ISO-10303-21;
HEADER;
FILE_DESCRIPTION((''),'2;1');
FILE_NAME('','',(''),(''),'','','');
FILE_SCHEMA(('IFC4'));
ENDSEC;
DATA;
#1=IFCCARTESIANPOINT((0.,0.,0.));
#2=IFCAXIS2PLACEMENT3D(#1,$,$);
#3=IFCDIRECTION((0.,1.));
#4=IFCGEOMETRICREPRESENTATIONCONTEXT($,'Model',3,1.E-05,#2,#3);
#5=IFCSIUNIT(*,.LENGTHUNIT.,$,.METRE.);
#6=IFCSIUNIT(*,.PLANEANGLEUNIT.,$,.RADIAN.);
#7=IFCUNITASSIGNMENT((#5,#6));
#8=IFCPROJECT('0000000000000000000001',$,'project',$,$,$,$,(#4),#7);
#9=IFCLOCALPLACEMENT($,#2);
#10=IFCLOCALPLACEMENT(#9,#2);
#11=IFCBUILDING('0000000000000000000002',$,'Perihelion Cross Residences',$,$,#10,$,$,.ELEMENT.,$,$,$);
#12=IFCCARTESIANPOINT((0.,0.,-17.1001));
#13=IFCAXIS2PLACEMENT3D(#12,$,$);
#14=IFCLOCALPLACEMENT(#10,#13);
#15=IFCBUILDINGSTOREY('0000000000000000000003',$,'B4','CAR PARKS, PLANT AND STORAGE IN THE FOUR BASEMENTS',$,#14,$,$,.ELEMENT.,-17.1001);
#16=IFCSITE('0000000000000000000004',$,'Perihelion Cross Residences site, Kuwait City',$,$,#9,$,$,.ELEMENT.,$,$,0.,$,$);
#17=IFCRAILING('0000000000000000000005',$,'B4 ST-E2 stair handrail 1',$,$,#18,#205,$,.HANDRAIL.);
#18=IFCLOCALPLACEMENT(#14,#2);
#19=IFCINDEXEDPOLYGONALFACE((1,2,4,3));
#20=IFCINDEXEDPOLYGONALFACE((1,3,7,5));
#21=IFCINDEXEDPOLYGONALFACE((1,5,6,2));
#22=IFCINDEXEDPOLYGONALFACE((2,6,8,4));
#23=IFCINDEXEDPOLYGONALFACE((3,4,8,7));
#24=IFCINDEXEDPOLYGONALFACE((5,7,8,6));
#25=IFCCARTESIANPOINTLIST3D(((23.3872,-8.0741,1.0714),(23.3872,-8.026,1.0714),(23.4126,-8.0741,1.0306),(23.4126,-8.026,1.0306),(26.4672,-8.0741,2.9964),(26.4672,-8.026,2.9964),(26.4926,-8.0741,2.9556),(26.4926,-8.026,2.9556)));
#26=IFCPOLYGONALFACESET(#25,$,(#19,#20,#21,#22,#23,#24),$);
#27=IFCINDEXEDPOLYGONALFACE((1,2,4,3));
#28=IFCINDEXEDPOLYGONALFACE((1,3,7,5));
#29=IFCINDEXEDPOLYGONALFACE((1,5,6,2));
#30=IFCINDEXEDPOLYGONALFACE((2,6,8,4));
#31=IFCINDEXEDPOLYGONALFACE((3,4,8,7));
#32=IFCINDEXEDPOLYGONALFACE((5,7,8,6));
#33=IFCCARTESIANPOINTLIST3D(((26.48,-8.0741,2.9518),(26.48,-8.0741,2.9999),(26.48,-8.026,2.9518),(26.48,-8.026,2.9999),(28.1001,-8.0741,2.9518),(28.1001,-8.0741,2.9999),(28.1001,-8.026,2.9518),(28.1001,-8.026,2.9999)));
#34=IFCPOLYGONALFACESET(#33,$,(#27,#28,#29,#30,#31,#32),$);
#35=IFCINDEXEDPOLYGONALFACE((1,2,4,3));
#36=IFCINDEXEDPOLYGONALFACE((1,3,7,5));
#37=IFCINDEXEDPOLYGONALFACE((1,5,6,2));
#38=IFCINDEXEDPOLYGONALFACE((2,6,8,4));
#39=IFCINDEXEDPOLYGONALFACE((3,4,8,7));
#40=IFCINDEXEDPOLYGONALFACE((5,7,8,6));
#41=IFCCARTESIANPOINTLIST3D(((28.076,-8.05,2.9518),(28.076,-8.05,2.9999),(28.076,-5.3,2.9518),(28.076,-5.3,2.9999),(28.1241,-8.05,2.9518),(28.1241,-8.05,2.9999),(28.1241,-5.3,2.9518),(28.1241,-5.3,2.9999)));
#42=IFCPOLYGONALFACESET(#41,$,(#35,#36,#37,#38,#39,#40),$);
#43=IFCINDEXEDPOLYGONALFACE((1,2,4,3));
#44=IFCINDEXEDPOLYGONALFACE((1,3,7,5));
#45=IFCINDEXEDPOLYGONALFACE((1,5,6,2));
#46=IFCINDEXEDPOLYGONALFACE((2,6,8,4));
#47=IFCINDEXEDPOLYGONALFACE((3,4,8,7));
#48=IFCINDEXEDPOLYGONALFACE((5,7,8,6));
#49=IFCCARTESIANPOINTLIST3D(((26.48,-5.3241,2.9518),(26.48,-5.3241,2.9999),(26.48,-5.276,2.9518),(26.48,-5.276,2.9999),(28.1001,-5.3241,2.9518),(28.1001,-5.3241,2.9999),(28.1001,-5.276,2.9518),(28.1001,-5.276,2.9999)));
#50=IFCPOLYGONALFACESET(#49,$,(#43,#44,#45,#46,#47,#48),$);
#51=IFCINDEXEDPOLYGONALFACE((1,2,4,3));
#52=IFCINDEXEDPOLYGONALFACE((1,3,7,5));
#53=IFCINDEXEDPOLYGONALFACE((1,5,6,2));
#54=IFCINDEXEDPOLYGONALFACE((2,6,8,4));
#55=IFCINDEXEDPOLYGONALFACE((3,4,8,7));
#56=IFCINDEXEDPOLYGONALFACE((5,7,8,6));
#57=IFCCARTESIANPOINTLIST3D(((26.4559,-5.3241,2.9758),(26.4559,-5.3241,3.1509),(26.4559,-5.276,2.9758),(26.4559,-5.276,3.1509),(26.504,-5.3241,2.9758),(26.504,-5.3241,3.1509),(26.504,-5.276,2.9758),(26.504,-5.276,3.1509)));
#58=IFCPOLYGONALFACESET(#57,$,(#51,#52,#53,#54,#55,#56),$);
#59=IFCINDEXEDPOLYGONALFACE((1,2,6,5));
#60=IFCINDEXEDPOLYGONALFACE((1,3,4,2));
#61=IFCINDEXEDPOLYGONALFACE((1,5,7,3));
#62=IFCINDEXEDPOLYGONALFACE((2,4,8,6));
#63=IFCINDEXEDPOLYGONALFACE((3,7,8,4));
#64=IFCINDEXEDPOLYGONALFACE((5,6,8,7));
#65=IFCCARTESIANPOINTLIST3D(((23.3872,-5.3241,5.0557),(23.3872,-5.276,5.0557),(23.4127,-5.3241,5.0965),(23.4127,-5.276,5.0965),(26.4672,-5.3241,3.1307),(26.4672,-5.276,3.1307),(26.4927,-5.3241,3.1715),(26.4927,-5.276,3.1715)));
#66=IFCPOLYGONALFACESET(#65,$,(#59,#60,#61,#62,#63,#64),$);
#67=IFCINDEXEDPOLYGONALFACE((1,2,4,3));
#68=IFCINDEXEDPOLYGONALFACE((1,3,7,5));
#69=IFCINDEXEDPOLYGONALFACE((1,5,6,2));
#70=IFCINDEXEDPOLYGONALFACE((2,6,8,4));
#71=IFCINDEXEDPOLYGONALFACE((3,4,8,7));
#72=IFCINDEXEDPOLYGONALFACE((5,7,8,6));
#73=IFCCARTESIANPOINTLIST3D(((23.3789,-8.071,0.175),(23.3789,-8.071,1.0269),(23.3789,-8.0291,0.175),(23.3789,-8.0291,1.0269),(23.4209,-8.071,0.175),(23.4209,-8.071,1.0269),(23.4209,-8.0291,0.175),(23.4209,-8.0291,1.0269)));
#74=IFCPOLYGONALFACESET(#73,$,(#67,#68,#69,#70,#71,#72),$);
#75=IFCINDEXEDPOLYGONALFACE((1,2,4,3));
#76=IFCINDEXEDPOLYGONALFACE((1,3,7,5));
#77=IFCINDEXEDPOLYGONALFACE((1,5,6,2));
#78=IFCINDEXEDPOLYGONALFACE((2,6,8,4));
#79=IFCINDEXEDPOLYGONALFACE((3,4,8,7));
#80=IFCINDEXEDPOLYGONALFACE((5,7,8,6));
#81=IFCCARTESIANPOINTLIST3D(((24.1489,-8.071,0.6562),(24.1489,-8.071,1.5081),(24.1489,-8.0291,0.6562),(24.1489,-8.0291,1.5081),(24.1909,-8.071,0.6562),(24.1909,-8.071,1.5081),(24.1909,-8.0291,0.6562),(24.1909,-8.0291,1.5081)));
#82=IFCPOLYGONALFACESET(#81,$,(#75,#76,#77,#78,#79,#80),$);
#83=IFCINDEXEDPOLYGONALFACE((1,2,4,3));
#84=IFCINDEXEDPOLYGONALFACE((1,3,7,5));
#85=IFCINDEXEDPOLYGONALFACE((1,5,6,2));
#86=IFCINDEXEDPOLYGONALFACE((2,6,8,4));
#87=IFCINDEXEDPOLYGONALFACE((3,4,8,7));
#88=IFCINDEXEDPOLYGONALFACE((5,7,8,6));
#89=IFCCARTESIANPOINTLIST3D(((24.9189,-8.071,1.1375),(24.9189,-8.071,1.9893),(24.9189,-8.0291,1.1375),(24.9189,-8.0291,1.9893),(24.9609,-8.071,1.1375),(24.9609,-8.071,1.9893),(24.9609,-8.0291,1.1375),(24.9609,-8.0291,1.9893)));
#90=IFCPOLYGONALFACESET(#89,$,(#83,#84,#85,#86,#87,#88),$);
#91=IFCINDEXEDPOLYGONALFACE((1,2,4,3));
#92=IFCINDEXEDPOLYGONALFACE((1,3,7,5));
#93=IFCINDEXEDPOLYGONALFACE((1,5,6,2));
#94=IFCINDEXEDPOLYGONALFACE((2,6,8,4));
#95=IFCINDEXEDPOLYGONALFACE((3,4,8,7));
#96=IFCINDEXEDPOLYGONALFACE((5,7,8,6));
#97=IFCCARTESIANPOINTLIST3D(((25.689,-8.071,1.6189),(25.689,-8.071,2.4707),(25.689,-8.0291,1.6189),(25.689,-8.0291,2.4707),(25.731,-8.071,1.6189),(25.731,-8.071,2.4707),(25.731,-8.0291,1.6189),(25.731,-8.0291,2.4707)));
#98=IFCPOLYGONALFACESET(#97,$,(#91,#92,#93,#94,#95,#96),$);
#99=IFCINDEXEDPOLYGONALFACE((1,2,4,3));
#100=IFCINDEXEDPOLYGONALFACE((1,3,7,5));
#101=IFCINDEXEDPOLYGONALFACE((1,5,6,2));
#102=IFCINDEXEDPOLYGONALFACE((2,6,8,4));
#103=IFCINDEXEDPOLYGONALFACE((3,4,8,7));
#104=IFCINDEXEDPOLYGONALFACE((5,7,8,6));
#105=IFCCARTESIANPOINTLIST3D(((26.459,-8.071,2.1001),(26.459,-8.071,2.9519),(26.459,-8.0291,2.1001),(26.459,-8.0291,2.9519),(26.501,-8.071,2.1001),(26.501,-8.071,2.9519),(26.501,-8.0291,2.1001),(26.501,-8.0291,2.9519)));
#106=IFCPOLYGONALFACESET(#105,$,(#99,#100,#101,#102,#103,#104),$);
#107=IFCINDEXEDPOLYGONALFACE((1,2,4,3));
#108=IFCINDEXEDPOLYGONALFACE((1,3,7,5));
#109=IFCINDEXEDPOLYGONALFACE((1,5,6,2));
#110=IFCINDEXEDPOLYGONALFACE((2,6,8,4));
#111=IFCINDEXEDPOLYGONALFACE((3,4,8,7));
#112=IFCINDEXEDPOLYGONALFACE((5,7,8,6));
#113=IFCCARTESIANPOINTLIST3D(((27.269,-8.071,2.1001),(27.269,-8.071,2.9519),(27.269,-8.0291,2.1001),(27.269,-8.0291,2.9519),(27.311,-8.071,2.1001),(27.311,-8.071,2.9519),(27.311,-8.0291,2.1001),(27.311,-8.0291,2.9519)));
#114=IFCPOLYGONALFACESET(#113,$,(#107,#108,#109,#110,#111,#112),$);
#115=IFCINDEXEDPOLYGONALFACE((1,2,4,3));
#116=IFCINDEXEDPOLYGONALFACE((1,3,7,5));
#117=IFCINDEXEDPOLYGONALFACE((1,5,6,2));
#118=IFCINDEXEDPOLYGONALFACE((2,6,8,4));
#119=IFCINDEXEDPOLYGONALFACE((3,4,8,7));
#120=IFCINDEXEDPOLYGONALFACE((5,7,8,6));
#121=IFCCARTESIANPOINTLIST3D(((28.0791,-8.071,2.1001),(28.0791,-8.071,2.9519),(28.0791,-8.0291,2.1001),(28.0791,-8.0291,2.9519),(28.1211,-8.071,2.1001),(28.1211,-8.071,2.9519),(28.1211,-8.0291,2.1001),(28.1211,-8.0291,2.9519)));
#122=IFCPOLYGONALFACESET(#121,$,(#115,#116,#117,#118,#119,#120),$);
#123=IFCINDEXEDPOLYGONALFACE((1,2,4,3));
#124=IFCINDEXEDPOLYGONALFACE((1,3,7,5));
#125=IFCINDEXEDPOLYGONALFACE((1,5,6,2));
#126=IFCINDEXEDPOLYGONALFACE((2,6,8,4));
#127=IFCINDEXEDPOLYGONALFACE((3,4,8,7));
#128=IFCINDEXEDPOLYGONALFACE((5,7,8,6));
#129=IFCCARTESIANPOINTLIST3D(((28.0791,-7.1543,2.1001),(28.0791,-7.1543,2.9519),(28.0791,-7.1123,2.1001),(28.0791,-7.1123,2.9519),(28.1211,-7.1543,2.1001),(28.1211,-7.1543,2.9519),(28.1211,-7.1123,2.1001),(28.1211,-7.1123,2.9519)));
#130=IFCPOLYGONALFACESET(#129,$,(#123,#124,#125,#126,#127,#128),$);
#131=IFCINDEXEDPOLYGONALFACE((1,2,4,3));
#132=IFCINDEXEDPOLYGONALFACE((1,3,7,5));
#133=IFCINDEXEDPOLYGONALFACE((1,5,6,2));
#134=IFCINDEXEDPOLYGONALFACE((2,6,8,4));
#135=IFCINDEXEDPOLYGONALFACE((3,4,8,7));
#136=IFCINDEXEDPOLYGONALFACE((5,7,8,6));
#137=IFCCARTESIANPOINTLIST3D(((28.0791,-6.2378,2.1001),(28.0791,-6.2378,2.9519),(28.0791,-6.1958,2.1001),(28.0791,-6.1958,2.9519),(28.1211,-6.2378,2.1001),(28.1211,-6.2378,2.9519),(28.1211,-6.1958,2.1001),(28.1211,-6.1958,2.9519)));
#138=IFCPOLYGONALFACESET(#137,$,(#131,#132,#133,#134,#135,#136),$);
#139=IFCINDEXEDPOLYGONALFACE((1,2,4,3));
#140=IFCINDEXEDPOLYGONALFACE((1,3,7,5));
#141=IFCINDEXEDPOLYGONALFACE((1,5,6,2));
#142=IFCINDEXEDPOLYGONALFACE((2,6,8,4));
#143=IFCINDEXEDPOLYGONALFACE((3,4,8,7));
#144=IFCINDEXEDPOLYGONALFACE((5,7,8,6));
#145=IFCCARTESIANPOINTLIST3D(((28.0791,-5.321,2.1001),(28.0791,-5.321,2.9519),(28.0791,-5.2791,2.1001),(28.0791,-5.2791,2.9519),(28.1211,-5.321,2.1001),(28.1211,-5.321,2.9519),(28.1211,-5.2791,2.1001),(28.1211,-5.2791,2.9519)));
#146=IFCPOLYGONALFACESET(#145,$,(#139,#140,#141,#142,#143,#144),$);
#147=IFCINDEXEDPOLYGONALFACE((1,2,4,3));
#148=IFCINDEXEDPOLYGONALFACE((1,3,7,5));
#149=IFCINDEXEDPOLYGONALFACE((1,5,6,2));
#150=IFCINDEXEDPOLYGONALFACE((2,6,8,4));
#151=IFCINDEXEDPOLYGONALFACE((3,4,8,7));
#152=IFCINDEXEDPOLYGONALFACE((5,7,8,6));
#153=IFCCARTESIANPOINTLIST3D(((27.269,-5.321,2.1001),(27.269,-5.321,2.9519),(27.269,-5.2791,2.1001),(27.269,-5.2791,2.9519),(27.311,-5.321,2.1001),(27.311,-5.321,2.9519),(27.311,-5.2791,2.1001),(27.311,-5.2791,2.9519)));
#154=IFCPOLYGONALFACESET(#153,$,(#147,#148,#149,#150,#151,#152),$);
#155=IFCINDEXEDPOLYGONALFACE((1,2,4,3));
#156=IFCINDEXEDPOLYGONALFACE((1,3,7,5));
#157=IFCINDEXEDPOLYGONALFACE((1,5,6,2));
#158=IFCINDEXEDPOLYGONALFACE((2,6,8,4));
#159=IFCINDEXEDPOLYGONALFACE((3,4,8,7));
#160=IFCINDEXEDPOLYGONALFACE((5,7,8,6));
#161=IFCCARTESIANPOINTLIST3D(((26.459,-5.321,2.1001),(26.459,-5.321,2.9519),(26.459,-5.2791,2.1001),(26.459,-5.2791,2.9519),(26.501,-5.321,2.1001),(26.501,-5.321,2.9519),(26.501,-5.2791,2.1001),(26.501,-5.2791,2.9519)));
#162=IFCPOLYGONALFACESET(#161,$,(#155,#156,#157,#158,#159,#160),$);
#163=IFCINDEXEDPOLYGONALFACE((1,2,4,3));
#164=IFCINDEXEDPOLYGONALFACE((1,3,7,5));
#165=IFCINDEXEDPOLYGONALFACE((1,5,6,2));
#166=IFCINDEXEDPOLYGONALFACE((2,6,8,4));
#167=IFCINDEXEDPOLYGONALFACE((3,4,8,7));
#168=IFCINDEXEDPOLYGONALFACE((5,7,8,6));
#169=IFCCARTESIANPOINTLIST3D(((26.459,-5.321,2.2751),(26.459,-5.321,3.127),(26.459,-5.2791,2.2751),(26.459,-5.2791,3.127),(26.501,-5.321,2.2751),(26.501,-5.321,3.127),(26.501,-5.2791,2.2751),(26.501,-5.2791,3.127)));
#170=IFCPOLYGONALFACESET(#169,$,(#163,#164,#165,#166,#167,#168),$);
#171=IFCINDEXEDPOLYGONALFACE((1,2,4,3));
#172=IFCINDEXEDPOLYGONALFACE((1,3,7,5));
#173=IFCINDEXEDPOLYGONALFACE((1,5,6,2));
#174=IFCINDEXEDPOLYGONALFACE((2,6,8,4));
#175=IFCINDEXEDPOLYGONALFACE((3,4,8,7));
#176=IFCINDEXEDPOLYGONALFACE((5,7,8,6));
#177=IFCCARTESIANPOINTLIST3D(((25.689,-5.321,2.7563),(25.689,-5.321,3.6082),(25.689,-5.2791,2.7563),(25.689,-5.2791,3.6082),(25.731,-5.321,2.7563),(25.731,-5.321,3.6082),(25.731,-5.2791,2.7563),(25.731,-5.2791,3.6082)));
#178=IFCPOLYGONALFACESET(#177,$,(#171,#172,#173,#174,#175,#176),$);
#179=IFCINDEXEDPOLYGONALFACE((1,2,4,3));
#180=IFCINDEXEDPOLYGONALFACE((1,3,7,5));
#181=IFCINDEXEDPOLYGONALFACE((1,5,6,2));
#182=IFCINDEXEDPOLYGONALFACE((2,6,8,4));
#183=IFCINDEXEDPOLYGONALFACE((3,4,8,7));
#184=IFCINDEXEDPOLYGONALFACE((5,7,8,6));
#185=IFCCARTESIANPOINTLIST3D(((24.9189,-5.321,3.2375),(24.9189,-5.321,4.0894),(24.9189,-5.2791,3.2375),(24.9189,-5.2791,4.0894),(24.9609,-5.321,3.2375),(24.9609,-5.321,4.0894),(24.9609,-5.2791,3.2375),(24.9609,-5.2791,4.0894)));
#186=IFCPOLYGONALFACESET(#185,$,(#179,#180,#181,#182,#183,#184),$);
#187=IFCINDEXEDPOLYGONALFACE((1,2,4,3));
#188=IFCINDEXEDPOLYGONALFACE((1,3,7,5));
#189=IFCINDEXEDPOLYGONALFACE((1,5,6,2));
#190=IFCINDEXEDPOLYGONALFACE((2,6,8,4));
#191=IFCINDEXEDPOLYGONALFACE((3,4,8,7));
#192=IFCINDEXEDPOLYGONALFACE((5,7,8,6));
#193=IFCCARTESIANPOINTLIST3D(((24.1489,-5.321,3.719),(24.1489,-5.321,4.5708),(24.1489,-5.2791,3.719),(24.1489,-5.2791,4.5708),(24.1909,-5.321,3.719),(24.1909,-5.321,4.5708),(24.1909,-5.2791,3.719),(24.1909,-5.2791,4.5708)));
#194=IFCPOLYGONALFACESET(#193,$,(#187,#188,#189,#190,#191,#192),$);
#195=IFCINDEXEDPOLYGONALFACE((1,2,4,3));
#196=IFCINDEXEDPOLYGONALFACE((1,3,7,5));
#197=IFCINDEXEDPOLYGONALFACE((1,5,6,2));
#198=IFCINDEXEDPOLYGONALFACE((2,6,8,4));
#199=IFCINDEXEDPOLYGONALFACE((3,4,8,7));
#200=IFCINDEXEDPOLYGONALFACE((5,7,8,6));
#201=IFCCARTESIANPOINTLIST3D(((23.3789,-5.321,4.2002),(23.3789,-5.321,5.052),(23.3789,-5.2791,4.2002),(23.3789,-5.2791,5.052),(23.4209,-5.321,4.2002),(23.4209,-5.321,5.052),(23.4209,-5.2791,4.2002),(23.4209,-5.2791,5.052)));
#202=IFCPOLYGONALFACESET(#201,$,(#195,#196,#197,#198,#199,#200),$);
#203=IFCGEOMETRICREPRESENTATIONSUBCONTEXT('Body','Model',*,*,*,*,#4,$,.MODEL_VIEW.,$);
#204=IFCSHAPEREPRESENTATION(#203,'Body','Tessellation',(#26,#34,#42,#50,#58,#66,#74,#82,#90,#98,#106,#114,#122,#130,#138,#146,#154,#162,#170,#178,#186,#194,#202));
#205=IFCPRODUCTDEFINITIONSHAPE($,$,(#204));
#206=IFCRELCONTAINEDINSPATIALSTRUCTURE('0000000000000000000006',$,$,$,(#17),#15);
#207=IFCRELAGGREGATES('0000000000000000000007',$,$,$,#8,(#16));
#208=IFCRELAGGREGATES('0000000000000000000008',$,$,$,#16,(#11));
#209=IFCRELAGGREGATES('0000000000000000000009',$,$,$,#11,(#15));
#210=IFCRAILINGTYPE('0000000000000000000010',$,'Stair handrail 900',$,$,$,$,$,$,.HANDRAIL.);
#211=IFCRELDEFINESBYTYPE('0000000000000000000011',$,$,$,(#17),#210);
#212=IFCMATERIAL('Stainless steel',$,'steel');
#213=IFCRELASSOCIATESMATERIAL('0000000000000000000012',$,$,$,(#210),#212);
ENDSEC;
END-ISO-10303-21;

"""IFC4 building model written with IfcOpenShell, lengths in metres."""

from ifc_helpers import new_model, si_unit, direction, frame, origin, origin_2d, place, context, subcontext, project, spatial, rectangle, extrude, material, type_object, element, save


model = new_model("IFC4")

# Units and contexts
model_context = context("Model", 3, precision=1e-05, world=origin(), true_north=direction((0.0, 1.0)))
body_context = subcontext(model_context, "Body", "Model", "MODEL_VIEW")
ifc_project = project(units=[si_unit("LENGTHUNIT", "METRE"), si_unit("PLANEANGLEUNIT", "RADIAN")], contexts=[model_context])

# Site, building, storey
site_placement = place(None, origin())
site = spatial("IfcSite", under=ifc_project, at=site_placement, Name="Perihelion Cross Residences site, Kuwait City", CompositionType="ELEMENT", RefElevation=0.0)
building_placement = place(site_placement, origin())
building = spatial("IfcBuilding", under=site, at=building_placement, Name="Perihelion Cross Residences", CompositionType="ELEMENT")
storey_placement = place(building_placement, frame((0.0, 0.0, -17.1001)))
storey = spatial("IfcBuildingStorey", under=building, at=storey_placement, Name="B4", Description="CAR PARKS, PLANT AND STORAGE IN THE FOUR BASEMENTS", CompositionType="ELEMENT", Elevation=-17.1001)

# Railing
ifc_material_1 = material(Name="Stainless steel", Category="steel")
railing_type_1 = type_object("IfcRailingType", Name="Stair handrail 900", PredefinedType="HANDRAIL", material=ifc_material_1)
railing_1_placement = place(storey_placement, frame((23.3999, -8.05, 0.175)))
element("IfcRailing", 1, at=railing_1_placement, inside=storey, type_object=railing_type_1, Name="B4 ST-E2 stair handrail 1", PredefinedType="HANDRAIL", context=body_context, shape_type="SweptSolid", body=[
    extrude(rectangle(XDim=0.0481, YDim=0.0481, at=origin_2d()), frame((0.0, 0.0, 0.876), z_axis=(0.847998, 0.0, 0.529999), x_axis=(0.0, 1.0, 0.0)), (0.0, 0.0, 1.0), 3.6321),
    extrude(rectangle(XDim=0.0481, YDim=0.0481, at=origin_2d()), frame((3.0801, 0.0, 2.8008), z_axis=(1.0, 0.0, 0.0), x_axis=(0.0, 1.0, 0.0)), (0.0, 0.0, 1.0), 1.6201),
    extrude(rectangle(XDim=0.0481, YDim=0.0481, at=origin_2d()), frame((4.7002, 0.0, 2.8008), z_axis=(0.0, 1.0, 0.0), x_axis=(-1.0, 0.0, 0.0)), (0.0, 0.0, 1.0), 2.75),
    extrude(rectangle(XDim=0.0481, YDim=0.0481, at=origin_2d()), frame((4.7002, 2.75, 2.8008), z_axis=(-1.0, 0.0, 0.0), x_axis=(0.0, -1.0, 0.0)), (0.0, 0.0, 1.0), 1.6201),
    extrude(rectangle(XDim=0.0481, YDim=0.0481, at=origin_2d()), frame((3.0801, 2.75, 2.8008), z_axis=(0.0, 0.0, 1.0), x_axis=(1.0, 0.0, 0.0)), (0.0, 0.0, 1.0), 0.175),
    extrude(rectangle(XDim=0.0481, YDim=0.0481, at=origin_2d()), frame((3.0801, 2.75, 2.9761), z_axis=(-0.847998, 0.0, 0.529999), x_axis=(0.0, -1.0, 0.0)), (0.0, 0.0, 1.0), 3.6321),
    extrude(rectangle(XDim=0.042, YDim=0.042, at=origin_2d()), origin(), (0.0, 0.0, 1.0), 0.8518),
    extrude(rectangle(XDim=0.042, YDim=0.042, at=origin_2d()), frame((0.77, 0.0, 0.4812)), (0.0, 0.0, 1.0), 0.8518),
    extrude(rectangle(XDim=0.042, YDim=0.042, at=origin_2d()), frame((1.54, 0.0, 0.9624)), (0.0, 0.0, 1.0), 0.8518),
    extrude(rectangle(XDim=0.042, YDim=0.042, at=origin_2d()), frame((2.3101, 0.0, 1.4438)), (0.0, 0.0, 1.0), 0.8518),
    extrude(rectangle(XDim=0.042, YDim=0.042, at=origin_2d()), frame((3.0801, 0.0, 1.925)), (0.0, 0.0, 1.0), 0.8518),
    extrude(rectangle(XDim=0.042, YDim=0.042, at=origin_2d()), frame((3.8901, 0.0, 1.925)), (0.0, 0.0, 1.0), 0.8518),
    extrude(rectangle(XDim=0.042, YDim=0.042, at=origin_2d()), frame((4.7002, 0.0, 1.925)), (0.0, 0.0, 1.0), 0.8518),
    extrude(rectangle(XDim=0.042, YDim=0.042, at=origin_2d()), frame((4.7002, 0.9167, 1.925)), (0.0, 0.0, 1.0), 0.8518),
    extrude(rectangle(XDim=0.042, YDim=0.042, at=origin_2d()), frame((4.7002, 1.8333, 1.925)), (0.0, 0.0, 1.0), 0.8518),
    extrude(rectangle(XDim=0.042, YDim=0.042, at=origin_2d()), frame((4.7002, 2.75, 1.925)), (0.0, 0.0, 1.0), 0.8518),
    extrude(rectangle(XDim=0.042, YDim=0.042, at=origin_2d()), frame((3.8901, 2.75, 1.925)), (0.0, 0.0, 1.0), 0.8518),
    extrude(rectangle(XDim=0.042, YDim=0.042, at=origin_2d()), frame((3.0801, 2.75, 1.925)), (0.0, 0.0, 1.0), 0.8518),
    extrude(rectangle(XDim=0.042, YDim=0.042, at=origin_2d()), frame((3.0801, 2.75, 2.1001)), (0.0, 0.0, 1.0), 0.8518),
    extrude(rectangle(XDim=0.042, YDim=0.042, at=origin_2d()), frame((2.3101, 2.75, 2.5813)), (0.0, 0.0, 1.0), 0.8518),
    extrude(rectangle(XDim=0.042, YDim=0.042, at=origin_2d()), frame((1.54, 2.75, 3.0625)), (0.0, 0.0, 1.0), 0.8518),
    extrude(rectangle(XDim=0.042, YDim=0.042, at=origin_2d()), frame((0.77, 2.75, 3.5439)), (0.0, 0.0, 1.0), 0.8518),
    extrude(rectangle(XDim=0.042, YDim=0.042, at=origin_2d()), frame((0.0, 2.75, 4.0251)), (0.0, 0.0, 1.0), 0.8518),
])

save(model, "model.ifc")
